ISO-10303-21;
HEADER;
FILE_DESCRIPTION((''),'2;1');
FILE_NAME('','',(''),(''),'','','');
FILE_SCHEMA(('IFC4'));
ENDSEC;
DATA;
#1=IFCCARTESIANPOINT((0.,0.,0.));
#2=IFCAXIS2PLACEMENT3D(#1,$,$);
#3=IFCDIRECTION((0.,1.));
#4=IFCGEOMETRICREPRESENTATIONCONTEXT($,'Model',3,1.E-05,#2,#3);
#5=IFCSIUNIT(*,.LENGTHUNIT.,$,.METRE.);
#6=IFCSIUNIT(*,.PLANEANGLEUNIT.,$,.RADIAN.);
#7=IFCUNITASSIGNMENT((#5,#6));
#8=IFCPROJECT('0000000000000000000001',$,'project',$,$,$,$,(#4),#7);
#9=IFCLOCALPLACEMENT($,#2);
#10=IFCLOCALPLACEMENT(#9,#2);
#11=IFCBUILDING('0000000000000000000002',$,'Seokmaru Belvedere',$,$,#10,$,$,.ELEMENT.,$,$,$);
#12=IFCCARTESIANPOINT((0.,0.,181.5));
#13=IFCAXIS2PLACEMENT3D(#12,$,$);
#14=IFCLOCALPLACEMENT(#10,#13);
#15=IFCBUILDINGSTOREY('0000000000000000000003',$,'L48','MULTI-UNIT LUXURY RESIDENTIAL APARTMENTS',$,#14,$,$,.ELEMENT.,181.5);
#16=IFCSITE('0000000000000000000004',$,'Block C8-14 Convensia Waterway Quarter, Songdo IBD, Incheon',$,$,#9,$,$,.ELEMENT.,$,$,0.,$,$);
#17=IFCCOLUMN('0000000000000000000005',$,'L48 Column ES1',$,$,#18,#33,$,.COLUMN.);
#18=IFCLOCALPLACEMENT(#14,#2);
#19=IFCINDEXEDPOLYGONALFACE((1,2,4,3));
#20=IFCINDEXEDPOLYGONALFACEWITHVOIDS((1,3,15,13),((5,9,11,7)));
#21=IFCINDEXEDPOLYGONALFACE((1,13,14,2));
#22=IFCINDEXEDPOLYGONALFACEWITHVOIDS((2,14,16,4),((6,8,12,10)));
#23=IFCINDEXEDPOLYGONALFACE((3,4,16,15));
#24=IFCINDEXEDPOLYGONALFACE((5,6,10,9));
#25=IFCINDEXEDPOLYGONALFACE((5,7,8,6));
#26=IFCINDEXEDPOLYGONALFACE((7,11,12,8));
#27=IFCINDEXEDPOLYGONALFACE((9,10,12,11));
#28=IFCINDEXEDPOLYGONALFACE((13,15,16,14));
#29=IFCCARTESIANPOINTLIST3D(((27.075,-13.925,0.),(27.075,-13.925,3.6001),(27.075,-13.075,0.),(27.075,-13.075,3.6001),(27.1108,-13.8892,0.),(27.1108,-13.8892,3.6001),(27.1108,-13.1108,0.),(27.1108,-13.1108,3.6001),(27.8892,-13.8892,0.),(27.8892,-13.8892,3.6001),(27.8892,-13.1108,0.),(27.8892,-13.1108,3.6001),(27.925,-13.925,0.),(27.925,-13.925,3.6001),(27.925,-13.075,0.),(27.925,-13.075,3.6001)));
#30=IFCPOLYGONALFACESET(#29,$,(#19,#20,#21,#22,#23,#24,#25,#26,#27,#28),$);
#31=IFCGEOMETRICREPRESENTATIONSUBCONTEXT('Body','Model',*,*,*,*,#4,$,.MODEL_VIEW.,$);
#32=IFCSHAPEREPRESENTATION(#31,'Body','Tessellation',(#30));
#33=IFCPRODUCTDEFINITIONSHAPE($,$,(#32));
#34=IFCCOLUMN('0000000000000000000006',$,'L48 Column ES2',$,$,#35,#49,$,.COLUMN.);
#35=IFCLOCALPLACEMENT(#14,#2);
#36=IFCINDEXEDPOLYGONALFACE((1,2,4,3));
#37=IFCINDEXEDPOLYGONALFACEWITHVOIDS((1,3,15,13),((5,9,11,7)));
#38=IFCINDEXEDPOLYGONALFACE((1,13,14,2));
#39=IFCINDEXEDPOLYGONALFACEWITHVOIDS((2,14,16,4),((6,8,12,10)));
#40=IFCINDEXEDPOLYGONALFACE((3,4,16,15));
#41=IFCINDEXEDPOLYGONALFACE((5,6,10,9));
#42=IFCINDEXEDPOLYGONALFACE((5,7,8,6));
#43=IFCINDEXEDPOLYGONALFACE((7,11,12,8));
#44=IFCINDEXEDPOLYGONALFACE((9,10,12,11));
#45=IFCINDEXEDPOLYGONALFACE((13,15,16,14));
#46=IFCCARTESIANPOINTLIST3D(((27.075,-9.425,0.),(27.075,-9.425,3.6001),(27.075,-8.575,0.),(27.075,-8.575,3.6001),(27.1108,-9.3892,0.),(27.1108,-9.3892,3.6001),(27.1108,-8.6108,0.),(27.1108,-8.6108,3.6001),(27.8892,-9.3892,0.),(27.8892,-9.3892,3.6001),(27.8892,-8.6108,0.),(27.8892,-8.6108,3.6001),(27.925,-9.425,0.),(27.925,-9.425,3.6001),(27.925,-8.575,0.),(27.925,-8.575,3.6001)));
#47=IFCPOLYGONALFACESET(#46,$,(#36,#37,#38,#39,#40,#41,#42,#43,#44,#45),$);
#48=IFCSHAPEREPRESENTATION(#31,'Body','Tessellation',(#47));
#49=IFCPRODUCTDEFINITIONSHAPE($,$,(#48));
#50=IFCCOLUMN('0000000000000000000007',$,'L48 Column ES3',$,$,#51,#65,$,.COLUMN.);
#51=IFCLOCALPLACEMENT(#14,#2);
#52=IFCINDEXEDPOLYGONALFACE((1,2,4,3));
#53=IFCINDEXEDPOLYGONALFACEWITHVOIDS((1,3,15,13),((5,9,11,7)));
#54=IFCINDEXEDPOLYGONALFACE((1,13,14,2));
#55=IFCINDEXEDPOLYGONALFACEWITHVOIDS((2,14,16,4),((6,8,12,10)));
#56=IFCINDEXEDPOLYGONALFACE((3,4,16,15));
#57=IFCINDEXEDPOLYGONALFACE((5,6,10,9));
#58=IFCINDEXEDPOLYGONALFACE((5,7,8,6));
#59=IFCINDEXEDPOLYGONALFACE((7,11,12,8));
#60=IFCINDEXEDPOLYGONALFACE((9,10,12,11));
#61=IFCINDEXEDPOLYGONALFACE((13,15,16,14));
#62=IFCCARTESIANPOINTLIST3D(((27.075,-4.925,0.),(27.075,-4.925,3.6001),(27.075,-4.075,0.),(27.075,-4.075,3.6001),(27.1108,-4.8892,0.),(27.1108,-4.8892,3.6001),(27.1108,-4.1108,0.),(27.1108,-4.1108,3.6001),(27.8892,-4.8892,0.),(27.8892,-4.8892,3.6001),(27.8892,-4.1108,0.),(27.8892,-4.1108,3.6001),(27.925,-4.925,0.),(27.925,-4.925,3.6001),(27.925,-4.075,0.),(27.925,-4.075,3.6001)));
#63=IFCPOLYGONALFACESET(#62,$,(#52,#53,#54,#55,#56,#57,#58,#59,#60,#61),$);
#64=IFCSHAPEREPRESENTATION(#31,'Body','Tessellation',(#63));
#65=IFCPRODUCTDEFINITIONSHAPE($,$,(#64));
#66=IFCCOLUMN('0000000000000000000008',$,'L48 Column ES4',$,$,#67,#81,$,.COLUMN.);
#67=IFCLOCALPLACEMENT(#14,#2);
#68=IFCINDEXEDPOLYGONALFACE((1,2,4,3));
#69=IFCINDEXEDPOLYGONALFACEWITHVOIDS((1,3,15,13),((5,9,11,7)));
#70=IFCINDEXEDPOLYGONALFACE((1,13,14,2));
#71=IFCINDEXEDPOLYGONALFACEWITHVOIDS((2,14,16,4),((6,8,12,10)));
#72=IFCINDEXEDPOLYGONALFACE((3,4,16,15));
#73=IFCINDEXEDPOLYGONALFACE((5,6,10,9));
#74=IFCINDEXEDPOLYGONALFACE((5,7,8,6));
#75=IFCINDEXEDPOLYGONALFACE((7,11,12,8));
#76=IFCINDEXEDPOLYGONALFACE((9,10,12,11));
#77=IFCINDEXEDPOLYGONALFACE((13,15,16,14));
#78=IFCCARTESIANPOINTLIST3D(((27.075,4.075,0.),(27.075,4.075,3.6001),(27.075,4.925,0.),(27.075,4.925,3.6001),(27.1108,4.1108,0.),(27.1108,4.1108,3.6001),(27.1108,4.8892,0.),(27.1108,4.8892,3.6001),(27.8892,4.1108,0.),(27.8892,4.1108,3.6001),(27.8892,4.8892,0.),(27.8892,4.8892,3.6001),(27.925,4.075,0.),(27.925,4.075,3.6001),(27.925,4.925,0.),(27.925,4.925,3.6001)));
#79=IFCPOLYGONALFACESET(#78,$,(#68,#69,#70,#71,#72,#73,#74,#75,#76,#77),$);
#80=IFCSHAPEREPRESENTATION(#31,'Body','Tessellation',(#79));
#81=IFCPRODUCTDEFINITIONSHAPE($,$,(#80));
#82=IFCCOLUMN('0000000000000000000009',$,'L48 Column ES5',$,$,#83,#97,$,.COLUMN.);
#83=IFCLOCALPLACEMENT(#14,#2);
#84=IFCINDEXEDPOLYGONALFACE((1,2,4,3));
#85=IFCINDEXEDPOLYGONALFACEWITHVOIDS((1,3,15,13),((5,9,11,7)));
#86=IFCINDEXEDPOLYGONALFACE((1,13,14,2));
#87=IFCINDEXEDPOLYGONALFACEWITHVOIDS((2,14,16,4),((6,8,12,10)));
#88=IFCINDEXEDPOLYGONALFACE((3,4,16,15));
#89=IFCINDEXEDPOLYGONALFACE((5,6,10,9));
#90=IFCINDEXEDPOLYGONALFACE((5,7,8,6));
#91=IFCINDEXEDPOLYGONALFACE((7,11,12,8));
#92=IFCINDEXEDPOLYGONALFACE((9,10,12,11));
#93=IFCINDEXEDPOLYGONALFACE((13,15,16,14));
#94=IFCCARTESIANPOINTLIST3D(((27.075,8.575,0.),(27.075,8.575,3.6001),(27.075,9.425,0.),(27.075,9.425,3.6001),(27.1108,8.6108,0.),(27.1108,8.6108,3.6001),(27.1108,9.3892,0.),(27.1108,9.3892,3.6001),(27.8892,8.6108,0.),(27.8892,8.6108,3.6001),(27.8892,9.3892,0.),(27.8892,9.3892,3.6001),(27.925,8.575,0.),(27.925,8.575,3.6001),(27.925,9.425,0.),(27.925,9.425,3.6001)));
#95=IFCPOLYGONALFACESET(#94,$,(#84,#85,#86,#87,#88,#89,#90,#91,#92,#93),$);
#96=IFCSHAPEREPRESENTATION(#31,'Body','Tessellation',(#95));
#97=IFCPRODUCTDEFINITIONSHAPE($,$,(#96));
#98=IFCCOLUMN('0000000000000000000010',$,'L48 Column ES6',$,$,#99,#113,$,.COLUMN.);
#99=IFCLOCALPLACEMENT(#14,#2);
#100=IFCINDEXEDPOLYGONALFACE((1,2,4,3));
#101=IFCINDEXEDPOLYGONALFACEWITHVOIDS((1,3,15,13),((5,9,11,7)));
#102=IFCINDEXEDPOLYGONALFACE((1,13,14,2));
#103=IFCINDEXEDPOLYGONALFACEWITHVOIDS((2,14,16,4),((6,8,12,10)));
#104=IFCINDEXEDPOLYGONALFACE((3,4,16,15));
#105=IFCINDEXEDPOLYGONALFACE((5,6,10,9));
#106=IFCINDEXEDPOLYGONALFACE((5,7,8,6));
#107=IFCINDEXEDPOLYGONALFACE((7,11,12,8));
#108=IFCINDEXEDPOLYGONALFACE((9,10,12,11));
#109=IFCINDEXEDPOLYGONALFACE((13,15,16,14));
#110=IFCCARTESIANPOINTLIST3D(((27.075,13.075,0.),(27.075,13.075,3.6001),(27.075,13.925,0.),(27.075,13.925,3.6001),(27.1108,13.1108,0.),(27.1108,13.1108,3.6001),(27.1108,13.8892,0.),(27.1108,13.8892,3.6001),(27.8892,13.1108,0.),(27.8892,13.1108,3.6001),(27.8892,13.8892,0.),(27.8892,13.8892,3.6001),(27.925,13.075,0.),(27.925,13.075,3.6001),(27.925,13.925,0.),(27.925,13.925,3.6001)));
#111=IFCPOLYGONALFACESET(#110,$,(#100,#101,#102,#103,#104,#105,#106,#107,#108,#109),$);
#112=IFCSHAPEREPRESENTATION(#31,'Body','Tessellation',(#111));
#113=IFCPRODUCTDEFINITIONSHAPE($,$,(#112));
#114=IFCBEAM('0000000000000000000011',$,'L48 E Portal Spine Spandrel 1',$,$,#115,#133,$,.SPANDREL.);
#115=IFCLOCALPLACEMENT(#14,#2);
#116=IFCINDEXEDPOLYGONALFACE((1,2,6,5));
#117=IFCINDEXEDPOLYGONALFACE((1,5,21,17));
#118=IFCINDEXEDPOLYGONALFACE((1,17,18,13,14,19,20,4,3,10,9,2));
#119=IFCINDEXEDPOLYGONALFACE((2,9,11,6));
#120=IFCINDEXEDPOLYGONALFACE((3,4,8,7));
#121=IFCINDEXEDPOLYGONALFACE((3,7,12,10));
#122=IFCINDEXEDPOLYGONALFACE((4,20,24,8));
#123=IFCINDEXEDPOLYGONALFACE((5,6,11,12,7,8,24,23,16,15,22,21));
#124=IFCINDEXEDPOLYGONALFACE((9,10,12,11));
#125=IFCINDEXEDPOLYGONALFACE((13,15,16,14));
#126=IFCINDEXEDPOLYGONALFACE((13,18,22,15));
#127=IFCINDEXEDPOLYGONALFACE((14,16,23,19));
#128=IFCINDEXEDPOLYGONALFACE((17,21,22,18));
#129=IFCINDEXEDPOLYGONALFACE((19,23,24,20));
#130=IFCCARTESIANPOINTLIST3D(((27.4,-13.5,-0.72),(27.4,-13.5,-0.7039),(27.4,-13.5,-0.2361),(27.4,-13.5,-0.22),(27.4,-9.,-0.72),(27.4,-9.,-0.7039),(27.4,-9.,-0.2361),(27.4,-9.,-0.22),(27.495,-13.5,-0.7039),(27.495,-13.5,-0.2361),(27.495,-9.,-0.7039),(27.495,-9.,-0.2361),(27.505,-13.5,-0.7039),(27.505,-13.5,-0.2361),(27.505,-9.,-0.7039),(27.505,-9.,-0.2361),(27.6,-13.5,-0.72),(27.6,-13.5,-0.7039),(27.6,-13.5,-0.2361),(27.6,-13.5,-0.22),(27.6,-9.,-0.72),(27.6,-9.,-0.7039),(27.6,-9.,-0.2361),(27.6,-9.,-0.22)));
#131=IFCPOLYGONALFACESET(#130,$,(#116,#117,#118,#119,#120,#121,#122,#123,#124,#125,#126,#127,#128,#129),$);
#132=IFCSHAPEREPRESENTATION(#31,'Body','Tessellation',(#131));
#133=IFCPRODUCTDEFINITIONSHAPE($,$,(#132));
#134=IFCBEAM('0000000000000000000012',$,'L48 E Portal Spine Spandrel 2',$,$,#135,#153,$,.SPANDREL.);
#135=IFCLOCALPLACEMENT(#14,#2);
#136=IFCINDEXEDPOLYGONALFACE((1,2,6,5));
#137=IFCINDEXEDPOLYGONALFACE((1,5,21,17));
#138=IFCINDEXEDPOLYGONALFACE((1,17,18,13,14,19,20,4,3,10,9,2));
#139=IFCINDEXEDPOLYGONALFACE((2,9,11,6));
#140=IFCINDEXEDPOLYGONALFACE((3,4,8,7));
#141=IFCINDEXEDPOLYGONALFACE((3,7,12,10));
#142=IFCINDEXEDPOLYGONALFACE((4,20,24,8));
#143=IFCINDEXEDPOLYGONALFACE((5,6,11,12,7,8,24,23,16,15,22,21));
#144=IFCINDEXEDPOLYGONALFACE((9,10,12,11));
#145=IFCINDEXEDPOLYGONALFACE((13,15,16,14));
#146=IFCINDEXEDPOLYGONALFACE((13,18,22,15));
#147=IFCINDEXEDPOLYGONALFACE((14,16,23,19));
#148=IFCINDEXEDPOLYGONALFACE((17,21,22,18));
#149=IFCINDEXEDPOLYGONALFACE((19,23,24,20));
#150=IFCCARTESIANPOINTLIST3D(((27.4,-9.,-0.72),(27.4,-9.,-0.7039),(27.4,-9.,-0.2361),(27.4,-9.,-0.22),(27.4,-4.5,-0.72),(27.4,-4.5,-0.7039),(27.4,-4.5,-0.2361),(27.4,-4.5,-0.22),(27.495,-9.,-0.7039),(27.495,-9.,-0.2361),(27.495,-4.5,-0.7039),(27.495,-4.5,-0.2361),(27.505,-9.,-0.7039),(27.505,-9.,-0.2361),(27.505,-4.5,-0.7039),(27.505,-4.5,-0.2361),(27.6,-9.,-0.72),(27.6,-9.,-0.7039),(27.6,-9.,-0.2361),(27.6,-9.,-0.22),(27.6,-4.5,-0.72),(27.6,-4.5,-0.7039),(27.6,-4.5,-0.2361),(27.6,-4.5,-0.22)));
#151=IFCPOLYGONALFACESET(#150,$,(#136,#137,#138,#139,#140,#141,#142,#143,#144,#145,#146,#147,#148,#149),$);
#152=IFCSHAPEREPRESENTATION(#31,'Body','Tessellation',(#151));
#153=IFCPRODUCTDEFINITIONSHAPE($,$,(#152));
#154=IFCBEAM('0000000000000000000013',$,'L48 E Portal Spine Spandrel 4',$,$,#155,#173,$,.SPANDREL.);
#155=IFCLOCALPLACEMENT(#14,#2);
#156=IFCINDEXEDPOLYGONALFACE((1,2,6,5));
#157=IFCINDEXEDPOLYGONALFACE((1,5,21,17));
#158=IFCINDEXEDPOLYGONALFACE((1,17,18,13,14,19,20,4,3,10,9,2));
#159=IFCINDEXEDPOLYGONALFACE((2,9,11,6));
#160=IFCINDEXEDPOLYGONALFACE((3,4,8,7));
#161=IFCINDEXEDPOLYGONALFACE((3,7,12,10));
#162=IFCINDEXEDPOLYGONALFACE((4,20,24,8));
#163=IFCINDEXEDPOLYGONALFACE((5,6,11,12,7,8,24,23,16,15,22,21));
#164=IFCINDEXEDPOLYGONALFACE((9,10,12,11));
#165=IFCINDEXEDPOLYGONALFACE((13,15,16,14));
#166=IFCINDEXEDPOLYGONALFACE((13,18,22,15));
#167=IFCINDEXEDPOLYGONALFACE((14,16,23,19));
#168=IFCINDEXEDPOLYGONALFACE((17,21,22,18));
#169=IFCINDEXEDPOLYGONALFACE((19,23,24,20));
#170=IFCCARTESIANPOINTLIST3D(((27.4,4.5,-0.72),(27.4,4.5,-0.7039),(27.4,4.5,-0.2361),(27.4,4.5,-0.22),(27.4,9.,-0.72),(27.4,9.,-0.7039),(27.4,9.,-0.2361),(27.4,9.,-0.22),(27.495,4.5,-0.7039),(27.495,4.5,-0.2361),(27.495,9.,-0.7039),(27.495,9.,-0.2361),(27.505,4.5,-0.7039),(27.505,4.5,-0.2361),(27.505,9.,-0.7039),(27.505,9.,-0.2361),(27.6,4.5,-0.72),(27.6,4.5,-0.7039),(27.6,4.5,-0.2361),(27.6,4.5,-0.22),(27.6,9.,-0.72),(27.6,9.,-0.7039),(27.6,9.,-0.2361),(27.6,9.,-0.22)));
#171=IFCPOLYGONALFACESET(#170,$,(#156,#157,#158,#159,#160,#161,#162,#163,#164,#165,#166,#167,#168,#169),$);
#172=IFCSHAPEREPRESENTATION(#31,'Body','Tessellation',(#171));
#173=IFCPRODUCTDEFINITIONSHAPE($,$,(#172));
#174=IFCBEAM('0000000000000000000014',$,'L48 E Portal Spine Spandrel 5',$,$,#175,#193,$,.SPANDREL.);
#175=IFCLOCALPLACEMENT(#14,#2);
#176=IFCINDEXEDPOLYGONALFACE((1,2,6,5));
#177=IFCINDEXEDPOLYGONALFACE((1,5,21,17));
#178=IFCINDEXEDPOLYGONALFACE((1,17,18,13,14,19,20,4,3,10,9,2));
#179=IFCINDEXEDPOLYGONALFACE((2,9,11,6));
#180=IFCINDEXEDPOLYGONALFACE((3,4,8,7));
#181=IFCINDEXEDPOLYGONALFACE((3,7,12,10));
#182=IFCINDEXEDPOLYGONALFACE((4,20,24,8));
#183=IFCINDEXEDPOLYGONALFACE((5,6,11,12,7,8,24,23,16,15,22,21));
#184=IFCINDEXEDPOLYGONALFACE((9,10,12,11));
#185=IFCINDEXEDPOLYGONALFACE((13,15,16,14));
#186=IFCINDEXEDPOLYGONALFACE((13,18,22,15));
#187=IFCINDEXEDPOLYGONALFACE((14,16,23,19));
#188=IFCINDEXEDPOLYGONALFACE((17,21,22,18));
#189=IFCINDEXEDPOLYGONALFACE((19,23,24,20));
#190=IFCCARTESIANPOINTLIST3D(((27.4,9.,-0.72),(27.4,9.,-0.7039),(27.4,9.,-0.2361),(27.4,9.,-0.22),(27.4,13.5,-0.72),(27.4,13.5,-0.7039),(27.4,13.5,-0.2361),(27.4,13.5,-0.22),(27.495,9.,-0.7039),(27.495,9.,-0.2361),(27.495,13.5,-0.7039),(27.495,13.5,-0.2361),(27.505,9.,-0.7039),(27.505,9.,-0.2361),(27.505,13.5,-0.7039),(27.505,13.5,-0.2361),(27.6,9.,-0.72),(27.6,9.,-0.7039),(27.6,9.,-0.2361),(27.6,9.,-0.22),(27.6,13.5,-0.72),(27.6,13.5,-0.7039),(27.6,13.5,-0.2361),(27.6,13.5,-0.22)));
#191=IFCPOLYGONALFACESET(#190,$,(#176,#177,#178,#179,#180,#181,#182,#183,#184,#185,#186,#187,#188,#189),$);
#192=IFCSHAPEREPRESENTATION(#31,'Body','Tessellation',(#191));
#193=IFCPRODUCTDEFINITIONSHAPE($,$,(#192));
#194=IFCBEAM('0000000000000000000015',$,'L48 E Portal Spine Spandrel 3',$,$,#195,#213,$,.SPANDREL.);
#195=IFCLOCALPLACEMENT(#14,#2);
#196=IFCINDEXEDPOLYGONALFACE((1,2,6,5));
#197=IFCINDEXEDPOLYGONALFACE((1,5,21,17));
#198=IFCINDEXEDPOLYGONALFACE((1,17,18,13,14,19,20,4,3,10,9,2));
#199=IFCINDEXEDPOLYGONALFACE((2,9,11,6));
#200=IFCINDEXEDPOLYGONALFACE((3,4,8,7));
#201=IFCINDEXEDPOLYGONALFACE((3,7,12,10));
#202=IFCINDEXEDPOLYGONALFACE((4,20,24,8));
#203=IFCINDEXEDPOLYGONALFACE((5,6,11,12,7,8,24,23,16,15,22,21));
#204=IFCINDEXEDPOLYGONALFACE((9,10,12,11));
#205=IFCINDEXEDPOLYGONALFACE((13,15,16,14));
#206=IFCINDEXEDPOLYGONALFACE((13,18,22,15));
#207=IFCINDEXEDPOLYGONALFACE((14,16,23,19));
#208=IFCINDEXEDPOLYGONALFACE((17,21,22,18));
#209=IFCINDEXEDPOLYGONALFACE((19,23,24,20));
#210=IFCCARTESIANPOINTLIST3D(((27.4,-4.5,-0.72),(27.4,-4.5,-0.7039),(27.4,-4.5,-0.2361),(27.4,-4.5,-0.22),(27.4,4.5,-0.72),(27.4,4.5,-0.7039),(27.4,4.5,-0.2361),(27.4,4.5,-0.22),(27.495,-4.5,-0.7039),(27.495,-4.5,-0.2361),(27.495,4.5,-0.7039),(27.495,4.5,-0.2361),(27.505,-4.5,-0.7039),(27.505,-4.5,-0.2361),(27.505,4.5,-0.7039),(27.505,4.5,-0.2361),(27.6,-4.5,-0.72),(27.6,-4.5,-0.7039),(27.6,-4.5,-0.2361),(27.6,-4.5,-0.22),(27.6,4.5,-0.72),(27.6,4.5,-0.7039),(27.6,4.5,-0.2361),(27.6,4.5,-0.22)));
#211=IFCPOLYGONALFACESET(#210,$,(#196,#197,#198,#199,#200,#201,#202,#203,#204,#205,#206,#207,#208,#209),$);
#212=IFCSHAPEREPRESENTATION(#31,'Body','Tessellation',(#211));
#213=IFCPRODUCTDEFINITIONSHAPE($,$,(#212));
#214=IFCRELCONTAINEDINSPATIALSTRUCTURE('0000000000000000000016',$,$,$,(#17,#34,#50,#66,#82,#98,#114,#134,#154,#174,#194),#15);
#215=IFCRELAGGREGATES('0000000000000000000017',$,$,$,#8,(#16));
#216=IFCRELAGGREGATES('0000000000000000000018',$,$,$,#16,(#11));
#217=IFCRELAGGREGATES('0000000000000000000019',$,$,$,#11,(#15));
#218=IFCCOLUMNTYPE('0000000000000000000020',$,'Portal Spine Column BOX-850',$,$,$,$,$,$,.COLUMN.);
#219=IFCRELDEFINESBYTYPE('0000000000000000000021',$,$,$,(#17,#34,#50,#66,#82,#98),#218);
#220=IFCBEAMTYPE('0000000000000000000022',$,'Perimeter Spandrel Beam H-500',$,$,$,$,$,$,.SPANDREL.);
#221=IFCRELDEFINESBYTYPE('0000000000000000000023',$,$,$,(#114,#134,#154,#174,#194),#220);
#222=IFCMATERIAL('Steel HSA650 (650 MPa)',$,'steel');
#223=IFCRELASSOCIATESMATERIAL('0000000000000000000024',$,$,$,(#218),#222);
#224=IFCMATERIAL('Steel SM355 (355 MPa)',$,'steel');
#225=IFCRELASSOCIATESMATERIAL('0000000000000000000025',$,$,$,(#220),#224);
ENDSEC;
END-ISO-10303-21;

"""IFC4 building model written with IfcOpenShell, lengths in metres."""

from ifc_helpers import new_model, si_unit, direction, frame, origin, origin_2d, place, context, subcontext, project, spatial, hollow_rectangle, i_section, extrude, source, transform, mapped, material, material_profile, profile_set, type_object, type_shapes, element, save


model = new_model("IFC4")

# Units and contexts
model_context = context("Model", 3, precision=1e-05, world=origin(), true_north=direction((0.0, 1.0)))
body_context = subcontext(model_context, "Body", "Model", "MODEL_VIEW")
ifc_project = project(units=[si_unit("LENGTHUNIT", "METRE"), si_unit("PLANEANGLEUNIT", "RADIAN")], contexts=[model_context])

# Site, building, storey
site_placement = place(None, origin())
site = spatial("IfcSite", under=ifc_project, at=site_placement, Name="Block C8-14 Convensia Waterway Quarter, Songdo IBD, Incheon", CompositionType="ELEMENT", RefElevation=0.0)
building_placement = place(site_placement, origin())
building = spatial("IfcBuilding", under=site, at=building_placement, Name="Seokmaru Belvedere", CompositionType="ELEMENT")
storey_placement = place(building_placement, frame((0.0, 0.0, 181.5)))
storey = spatial("IfcBuildingStorey", under=building, at=storey_placement, Name="L48", Description="MULTI-UNIT LUXURY RESIDENTIAL APARTMENTS", CompositionType="ELEMENT", Elevation=181.5)

# Columns
ifc_material_1 = material(Name="Steel HSA650 (650 MPa)", Category="steel")
ifc_material_profile_1 = material_profile(ifc_material_1, hollow_rectangle(XDim=0.8501, YDim=0.8501, WallThickness=0.0359, at=origin_2d()), Name="BOX-850x850x36")
ifc_profile_set_1 = profile_set([ifc_material_profile_1], Name="Steel HSA650 (650 MPa)")
column_type = type_object("IfcColumnType", Name="Portal Spine Column BOX-850", PredefinedType="COLUMN", material=ifc_profile_set_1)
shared_shape_1 = source(origin(), body_context, "Body", "SweptSolid", [
    extrude(hollow_rectangle(XDim=0.8501, YDim=0.8501, WallThickness=0.0359, at=origin_2d()), origin(), (0.0, 0.0, 1.0), 3.6001),
])
type_shapes(column_type, [shared_shape_1])
for number, where, z_axis, x_axis, name in (
    (1, (27.5, -13.5, 0.0), (0.0, 0.0, 1.0), (1.0, 0.0, 0.0), "L48 Column ES1"),
    (2, (27.5, -9.0, 0.0), (0.0, 0.0, 1.0), (1.0, 0.0, 0.0), "L48 Column ES2"),
    (3, (27.5, -4.5, 0.0), (0.0, 0.0, 1.0), (1.0, 0.0, 0.0), "L48 Column ES3"),
    (4, (27.5, 4.5, 0.0), (0.0, 0.0, 1.0), (1.0, 0.0, 0.0), "L48 Column ES4"),
    (5, (27.5, 9.0, 0.0), (0.0, 0.0, 1.0), (1.0, 0.0, 0.0), "L48 Column ES5"),
    (6, (27.5, 13.5, 0.0), (0.0, 0.0, 1.0), (1.0, 0.0, 0.0), "L48 Column ES6"),
):
    element("IfcColumn", number, at=place(storey_placement, frame(where, z_axis=z_axis, x_axis=x_axis)), inside=storey, type_object=column_type, Name=name, PredefinedType="COLUMN", context=body_context, shape_type="MappedRepresentation", body=[
        mapped(shared_shape_1, transform((0.0, 0.0, 0.0), scale=1.0)),
    ])

# Beams
ifc_material_2 = material(Name="Steel SM355 (355 MPa)", Category="steel")
ifc_material_profile_2 = material_profile(ifc_material_2, i_section(OverallWidth=0.2, OverallDepth=0.5, WebThickness=0.01, FlangeThickness=0.0161, at=origin_2d()), Name="H-500x200x10x16")
ifc_profile_set_2 = profile_set([ifc_material_profile_2], Name="Steel SM355 (355 MPa)")
beam_type_1 = type_object("IfcBeamType", Name="Perimeter Spandrel Beam H-500", PredefinedType="SPANDREL", material=ifc_profile_set_2)
shared_shape_2 = source(origin(), body_context, "Body", "SweptSolid", [
    extrude(i_section(OverallWidth=0.2, OverallDepth=0.5, WebThickness=0.01, FlangeThickness=0.0161, at=origin_2d()), origin(), (0.0, 0.0, 1.0), 4.5),
])
for number, where, z_axis, x_axis, name in (
    (7, (27.5, -13.5, -0.47), (0.0, 1.0, 0.0), (-1.0, 0.0, 0.0), "L48 E Portal Spine Spandrel 1"),
    (8, (27.5, -9.0, -0.47), (0.0, 1.0, 0.0), (-1.0, 0.0, 0.0), "L48 E Portal Spine Spandrel 2"),
    (9, (27.5, 4.5, -0.47), (0.0, 1.0, 0.0), (-1.0, 0.0, 0.0), "L48 E Portal Spine Spandrel 4"),
    (10, (27.5, 9.0, -0.47), (0.0, 1.0, 0.0), (-1.0, 0.0, 0.0), "L48 E Portal Spine Spandrel 5"),
):
    element("IfcBeam", number, at=place(storey_placement, frame(where, z_axis=z_axis, x_axis=x_axis)), inside=storey, type_object=beam_type_1, Name=name, PredefinedType="SPANDREL", context=body_context, shape_type="MappedRepresentation", body=[
        mapped(shared_shape_2, transform((0.0, 0.0, 0.0), scale=1.0)),
    ])
shared_shape_3 = source(origin(), body_context, "Body", "SweptSolid", [
    extrude(i_section(OverallWidth=0.2, OverallDepth=0.5, WebThickness=0.01, FlangeThickness=0.0161, at=origin_2d()), origin(), (0.0, 0.0, 1.0), 9.0),
])
type_shapes(beam_type_1, [shared_shape_2, shared_shape_3])
beam_1_placement = place(storey_placement, frame((27.5, -4.5, -0.47), z_axis=(0.0, 1.0, 0.0), x_axis=(-1.0, 0.0, 0.0)))
element("IfcBeam", 11, at=beam_1_placement, inside=storey, type_object=beam_type_1, Name="L48 E Portal Spine Spandrel 3", PredefinedType="SPANDREL", context=body_context, shape_type="MappedRepresentation", body=[
    mapped(shared_shape_3, transform((0.0, 0.0, 0.0), scale=1.0)),
])

save(model, "model.ifc")
